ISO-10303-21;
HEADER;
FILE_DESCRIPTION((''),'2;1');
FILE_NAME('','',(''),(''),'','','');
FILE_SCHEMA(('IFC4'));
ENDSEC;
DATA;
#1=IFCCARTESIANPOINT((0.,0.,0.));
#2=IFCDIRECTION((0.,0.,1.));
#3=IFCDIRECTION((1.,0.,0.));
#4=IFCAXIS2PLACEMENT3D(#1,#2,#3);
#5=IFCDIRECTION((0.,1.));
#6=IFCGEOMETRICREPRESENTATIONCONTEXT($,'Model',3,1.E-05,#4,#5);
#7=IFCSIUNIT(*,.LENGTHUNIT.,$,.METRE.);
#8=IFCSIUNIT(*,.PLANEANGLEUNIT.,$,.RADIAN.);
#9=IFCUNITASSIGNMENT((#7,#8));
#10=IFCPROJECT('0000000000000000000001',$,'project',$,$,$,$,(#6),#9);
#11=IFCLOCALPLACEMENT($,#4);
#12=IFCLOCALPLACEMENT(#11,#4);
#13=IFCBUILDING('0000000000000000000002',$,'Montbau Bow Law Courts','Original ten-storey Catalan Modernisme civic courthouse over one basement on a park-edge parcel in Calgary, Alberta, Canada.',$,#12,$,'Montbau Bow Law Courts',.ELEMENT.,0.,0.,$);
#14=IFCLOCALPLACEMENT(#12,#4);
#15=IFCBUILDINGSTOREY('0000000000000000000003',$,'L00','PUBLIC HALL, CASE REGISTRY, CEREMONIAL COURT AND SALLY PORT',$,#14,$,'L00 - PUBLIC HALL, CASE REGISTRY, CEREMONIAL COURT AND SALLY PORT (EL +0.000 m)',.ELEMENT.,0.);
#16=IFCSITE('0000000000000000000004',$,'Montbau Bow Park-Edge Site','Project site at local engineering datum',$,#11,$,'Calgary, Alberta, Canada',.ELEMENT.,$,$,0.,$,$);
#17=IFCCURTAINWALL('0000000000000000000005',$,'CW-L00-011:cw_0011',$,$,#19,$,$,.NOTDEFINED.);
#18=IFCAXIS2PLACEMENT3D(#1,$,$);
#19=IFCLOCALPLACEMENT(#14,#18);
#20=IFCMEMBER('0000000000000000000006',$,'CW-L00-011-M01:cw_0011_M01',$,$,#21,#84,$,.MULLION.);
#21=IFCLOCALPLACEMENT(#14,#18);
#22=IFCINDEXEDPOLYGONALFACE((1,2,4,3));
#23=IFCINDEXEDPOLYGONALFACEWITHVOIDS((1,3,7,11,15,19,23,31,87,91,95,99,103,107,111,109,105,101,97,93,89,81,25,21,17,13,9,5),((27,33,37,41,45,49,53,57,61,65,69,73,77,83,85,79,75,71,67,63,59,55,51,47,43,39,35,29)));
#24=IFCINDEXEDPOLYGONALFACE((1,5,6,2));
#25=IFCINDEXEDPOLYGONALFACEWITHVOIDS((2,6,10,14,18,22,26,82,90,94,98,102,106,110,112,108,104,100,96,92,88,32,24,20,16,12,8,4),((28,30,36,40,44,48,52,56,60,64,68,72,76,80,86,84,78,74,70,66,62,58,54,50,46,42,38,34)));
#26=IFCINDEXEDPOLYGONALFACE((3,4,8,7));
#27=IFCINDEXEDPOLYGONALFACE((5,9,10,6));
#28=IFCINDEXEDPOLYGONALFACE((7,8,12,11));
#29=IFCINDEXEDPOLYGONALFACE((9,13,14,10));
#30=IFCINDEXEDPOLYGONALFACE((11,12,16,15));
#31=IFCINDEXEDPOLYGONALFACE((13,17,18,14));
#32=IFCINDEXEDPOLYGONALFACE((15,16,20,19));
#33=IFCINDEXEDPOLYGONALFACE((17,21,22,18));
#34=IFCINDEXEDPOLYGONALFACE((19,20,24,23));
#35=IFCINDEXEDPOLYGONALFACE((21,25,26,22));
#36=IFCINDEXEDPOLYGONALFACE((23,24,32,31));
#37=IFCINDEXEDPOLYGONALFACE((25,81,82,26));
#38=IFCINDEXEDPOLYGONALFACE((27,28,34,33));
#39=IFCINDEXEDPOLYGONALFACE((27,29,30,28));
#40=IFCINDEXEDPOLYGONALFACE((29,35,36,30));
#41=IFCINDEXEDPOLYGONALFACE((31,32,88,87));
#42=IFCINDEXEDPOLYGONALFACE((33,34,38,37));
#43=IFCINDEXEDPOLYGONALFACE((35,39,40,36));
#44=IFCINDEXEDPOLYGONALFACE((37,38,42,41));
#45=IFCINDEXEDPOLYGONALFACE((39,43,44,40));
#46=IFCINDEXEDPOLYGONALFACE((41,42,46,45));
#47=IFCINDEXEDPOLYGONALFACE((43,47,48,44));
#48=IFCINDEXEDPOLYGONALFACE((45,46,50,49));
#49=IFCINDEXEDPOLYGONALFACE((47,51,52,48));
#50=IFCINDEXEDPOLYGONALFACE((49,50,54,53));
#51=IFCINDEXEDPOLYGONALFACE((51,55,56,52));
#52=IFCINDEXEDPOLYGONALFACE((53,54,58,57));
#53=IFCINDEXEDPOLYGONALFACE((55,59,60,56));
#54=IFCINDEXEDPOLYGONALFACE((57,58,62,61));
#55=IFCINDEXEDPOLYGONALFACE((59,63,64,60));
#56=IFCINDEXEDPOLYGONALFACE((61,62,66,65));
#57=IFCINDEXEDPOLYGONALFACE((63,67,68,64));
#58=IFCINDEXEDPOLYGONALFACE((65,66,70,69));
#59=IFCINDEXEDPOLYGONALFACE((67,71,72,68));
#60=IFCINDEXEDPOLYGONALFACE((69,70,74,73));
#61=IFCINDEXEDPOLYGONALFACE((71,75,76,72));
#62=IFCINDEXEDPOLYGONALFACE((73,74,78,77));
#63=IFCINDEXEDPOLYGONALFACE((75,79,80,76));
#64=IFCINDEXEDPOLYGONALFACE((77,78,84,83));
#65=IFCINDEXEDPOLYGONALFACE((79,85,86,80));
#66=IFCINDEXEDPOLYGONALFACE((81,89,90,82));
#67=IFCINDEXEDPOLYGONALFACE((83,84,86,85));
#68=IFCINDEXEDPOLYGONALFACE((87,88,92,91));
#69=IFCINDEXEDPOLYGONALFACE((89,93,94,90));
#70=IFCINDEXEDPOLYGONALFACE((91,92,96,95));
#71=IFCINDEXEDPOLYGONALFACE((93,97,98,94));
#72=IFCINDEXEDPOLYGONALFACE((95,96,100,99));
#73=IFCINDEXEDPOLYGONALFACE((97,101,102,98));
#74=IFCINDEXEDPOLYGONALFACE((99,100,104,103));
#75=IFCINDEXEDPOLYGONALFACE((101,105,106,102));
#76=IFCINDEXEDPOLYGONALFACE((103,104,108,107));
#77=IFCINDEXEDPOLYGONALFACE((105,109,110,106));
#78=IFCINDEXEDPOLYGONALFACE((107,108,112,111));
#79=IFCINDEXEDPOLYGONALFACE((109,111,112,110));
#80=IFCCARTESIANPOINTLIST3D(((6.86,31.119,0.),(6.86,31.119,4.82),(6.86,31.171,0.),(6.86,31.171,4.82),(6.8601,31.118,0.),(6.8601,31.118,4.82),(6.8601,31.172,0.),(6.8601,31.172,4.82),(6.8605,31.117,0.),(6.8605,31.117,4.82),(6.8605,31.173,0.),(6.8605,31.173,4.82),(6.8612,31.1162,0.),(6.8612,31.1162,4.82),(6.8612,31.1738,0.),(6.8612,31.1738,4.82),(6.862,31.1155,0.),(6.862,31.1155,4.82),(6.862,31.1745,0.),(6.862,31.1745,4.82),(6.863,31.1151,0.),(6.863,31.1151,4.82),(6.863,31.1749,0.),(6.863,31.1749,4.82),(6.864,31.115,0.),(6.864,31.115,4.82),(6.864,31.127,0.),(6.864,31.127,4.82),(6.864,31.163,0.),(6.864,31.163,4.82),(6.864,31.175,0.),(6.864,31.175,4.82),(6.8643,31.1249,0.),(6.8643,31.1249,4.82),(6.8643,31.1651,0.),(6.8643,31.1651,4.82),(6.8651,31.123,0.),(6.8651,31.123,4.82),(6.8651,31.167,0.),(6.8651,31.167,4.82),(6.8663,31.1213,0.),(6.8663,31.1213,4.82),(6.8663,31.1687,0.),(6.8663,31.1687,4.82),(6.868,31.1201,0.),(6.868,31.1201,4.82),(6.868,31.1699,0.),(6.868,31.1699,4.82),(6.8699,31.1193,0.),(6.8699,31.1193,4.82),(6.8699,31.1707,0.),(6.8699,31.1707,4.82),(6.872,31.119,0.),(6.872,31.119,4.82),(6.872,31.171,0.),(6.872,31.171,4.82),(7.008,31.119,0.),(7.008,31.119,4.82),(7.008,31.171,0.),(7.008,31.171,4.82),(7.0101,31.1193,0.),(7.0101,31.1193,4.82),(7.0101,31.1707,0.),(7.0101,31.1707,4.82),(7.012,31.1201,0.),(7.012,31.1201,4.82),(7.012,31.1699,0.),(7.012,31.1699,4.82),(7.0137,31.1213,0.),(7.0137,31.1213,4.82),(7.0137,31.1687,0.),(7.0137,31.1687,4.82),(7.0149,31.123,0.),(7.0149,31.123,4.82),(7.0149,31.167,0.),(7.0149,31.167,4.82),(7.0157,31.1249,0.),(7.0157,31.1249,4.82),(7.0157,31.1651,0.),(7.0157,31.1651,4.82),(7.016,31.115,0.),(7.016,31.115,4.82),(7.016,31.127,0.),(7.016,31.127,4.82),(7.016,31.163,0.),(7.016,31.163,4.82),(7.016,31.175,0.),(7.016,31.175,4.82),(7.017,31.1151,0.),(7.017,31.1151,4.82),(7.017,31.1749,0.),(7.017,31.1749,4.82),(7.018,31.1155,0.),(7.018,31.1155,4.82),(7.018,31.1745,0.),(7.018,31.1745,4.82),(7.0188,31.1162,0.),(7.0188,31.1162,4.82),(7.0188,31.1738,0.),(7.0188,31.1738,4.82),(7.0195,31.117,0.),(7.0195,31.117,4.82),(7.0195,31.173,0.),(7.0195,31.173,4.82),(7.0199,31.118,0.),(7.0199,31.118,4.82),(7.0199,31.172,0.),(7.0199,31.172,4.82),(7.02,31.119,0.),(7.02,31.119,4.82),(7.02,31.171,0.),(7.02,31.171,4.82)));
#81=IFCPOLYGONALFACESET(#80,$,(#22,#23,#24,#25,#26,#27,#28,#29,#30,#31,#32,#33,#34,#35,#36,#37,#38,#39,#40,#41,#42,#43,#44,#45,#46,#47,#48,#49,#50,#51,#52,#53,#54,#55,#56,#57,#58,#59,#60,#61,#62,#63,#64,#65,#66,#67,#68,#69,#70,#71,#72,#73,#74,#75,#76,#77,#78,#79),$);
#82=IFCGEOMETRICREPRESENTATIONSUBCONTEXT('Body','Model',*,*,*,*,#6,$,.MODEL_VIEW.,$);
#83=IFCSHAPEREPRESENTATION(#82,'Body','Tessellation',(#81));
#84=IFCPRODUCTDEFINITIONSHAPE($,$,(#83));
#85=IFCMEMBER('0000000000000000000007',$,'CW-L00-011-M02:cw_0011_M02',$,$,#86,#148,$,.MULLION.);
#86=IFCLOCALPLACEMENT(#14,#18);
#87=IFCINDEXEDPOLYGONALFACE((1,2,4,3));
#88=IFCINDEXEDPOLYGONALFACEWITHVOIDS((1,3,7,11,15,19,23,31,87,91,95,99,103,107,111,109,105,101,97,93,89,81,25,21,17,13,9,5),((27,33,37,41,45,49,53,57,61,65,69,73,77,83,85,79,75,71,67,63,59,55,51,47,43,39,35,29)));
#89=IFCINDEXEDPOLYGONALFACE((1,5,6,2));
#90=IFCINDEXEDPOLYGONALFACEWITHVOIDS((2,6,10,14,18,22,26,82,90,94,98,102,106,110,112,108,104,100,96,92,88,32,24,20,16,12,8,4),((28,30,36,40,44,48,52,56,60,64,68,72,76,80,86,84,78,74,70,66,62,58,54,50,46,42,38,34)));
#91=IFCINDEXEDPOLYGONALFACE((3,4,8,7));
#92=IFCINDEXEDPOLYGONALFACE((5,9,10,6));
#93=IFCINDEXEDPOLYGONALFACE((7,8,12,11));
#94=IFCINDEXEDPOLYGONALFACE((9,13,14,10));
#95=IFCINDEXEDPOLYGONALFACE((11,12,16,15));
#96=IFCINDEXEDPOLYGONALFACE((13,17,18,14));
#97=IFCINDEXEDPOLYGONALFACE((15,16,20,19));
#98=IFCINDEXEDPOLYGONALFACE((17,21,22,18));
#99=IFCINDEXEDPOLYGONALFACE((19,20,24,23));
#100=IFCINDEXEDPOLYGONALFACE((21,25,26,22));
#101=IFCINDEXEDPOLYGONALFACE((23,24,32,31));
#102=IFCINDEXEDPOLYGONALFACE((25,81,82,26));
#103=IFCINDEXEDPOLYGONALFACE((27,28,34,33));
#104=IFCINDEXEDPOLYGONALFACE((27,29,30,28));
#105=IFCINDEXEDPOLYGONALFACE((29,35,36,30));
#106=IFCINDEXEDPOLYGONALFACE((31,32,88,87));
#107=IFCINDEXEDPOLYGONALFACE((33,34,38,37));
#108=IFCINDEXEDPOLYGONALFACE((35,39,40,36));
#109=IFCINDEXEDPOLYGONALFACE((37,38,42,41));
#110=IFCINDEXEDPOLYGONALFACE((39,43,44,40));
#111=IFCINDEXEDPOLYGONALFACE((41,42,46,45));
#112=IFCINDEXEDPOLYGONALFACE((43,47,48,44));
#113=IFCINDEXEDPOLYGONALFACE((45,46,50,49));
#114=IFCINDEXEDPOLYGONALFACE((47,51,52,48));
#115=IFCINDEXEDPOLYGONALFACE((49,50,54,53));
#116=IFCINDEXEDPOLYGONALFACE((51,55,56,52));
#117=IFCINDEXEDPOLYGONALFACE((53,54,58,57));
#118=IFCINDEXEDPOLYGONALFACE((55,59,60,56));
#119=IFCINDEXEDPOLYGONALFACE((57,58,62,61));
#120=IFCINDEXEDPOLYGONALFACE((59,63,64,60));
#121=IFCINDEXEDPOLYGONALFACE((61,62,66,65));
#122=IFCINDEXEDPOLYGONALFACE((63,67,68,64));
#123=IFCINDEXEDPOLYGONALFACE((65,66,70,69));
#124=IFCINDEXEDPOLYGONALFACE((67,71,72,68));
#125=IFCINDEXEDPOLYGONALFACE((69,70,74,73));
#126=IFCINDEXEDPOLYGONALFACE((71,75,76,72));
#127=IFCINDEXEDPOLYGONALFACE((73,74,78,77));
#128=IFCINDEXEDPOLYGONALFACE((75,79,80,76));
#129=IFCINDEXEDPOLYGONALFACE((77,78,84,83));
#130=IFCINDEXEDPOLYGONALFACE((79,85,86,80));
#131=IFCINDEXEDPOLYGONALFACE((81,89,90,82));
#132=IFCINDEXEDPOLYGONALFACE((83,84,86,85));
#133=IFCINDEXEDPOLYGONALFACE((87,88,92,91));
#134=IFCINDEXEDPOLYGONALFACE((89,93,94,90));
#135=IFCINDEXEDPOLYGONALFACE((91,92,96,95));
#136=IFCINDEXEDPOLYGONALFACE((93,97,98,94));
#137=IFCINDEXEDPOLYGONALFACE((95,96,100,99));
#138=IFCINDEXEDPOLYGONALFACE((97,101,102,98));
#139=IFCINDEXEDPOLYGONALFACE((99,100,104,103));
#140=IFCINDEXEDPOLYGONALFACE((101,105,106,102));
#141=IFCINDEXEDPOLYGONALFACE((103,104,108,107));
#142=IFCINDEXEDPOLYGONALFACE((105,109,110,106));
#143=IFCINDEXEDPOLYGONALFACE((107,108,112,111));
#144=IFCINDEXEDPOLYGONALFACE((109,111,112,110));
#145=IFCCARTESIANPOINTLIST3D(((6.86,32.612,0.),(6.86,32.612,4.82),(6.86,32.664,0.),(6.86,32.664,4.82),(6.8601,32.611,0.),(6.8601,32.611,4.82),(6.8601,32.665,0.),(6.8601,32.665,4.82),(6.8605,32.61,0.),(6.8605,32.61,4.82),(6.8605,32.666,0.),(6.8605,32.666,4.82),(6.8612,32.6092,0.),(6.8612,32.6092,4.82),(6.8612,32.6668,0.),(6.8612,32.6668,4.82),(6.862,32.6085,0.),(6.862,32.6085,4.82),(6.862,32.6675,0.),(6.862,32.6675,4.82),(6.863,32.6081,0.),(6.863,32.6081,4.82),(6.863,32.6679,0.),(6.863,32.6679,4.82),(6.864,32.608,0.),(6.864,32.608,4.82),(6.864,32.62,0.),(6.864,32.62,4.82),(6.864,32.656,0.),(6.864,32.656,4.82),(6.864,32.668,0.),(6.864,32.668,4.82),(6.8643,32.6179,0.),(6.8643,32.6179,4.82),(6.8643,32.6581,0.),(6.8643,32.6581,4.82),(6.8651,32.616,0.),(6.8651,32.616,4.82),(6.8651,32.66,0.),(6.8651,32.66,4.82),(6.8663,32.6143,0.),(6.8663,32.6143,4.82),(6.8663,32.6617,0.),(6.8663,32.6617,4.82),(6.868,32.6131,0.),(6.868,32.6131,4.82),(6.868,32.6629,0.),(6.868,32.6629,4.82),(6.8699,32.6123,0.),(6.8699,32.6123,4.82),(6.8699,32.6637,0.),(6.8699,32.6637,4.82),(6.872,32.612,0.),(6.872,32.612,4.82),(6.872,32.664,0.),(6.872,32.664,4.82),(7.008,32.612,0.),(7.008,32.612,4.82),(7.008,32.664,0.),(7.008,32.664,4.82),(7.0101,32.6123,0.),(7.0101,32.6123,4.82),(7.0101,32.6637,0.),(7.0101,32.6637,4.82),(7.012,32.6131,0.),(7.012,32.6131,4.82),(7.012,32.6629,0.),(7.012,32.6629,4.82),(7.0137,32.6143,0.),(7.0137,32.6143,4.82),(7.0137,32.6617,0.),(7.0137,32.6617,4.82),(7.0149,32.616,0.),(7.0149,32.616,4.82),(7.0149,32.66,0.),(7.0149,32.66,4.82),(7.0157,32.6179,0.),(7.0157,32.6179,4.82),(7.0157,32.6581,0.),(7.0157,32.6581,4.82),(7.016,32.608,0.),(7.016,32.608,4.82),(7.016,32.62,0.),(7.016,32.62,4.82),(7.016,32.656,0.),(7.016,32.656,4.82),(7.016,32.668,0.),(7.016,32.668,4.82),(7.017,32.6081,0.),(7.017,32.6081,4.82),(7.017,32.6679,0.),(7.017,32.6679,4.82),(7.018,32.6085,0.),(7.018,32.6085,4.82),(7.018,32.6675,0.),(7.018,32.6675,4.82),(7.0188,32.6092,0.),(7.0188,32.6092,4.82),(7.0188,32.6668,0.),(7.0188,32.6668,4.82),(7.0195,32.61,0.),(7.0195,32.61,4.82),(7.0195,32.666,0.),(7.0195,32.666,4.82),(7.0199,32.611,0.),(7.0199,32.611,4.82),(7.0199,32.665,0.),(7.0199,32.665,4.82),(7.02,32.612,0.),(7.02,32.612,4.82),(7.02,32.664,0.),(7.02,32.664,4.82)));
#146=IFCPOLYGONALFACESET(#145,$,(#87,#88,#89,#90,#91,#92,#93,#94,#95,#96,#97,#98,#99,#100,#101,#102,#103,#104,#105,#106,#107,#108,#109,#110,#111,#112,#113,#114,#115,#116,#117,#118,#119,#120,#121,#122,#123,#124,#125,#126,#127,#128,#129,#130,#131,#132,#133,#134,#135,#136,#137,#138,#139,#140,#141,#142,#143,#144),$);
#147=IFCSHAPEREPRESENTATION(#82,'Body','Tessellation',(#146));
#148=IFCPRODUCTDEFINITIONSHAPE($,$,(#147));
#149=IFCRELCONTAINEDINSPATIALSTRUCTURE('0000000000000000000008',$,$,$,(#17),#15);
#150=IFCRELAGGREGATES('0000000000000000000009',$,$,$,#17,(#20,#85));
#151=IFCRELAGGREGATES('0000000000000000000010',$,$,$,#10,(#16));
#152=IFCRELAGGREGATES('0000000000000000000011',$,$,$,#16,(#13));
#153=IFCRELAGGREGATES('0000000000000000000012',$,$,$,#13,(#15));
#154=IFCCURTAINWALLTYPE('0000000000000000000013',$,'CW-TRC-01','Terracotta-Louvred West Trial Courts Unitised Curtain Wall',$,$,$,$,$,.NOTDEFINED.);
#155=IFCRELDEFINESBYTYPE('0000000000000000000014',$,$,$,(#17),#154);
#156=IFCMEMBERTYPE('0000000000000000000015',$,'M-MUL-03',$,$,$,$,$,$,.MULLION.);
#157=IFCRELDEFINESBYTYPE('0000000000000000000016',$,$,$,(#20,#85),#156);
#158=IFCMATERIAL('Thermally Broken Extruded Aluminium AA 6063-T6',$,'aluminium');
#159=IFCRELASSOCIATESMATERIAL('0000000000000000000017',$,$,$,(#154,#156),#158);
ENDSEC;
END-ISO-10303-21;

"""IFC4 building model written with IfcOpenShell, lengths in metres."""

from ifc_helpers import new_model, si_unit, direction, frame, origin_with_axes, origin_2d_with_axis, place, context, subcontext, project, spatial, hollow_rectangle, extrude, material, material_profile, profile_set, type_object, element, aggregate, save


model = new_model("IFC4")

# Units and contexts
model_context = context("Model", 3, precision=1e-05, world=origin_with_axes(), true_north=direction((0.0, 1.0)))
body_context = subcontext(model_context, "Body", "Model", "MODEL_VIEW")
ifc_project = project(units=[si_unit("LENGTHUNIT", "METRE"), si_unit("PLANEANGLEUNIT", "RADIAN")], contexts=[model_context])

# Site, building, storey
site_placement = place(None, origin_with_axes())
site = spatial("IfcSite", under=ifc_project, at=site_placement, Name="Montbau Bow Park-Edge Site", Description="Project site at local engineering datum", LongName="Calgary, Alberta, Canada", CompositionType="ELEMENT", RefElevation=0.0)
building_placement = place(site_placement, origin_with_axes())
building = spatial("IfcBuilding", under=site, at=building_placement, Name="Montbau Bow Law Courts", Description="Original ten-storey Catalan Modernisme civic courthouse over one basement on a park-edge parcel in Calgary, Alberta, Canada.", LongName="Montbau Bow Law Courts", CompositionType="ELEMENT", ElevationOfRefHeight=0.0, ElevationOfTerrain=0.0)
storey_placement = place(building_placement, origin_with_axes())
storey = spatial("IfcBuildingStorey", under=building, at=storey_placement, Name="L00", Description="PUBLIC HALL, CASE REGISTRY, CEREMONIAL COURT AND SALLY PORT", LongName="L00 - PUBLIC HALL, CASE REGISTRY, CEREMONIAL COURT AND SALLY PORT (EL +0.000 m)", CompositionType="ELEMENT", Elevation=0.0)

# Curtain wall, members
ifc_material_1 = material(Name="Thermally Broken Extruded Aluminium AA 6063-T6", Category="aluminium")
curtain_wall_type = type_object("IfcCurtainWallType", Name="CW-TRC-01", Description="Terracotta-Louvred West Trial Courts Unitised Curtain Wall", PredefinedType="NOTDEFINED", material=ifc_material_1)
curtain_wall_placement = place(None, frame((6.94, 31.115, 0.0), z_axis=(0.0, 0.0, 1.0), x_axis=(1.0, 0.0, 0.0)))
curtain_wall = element("IfcCurtainWall", 1, at=curtain_wall_placement, inside=storey, type_object=curtain_wall_type, Name="CW-L00-011:cw_0011", PredefinedType="NOTDEFINED")
ifc_material_profile_1 = material_profile(ifc_material_1, hollow_rectangle(XDim=0.06, YDim=0.16, WallThickness=0.004, InnerFilletRadius=0.008, OuterFilletRadius=0.004, at=origin_2d_with_axis()), Name="CWM-160X60", Category="Main", Priority=0)
ifc_profile_set_1 = profile_set([ifc_material_profile_1], Name="Thermally Broken Extruded Aluminium AA 6063-T6")
member_type_1 = type_object("IfcMemberType", Name="M-MUL-03", PredefinedType="MULLION", material=ifc_profile_set_1)
member_1_placement = place(None, frame((6.94, 31.145, 0.0), z_axis=(0.0, 0.0, 1.0), x_axis=(0.0, 1.0, 0.0)))
member_1 = element("IfcMember", 2, at=member_1_placement, type_object=member_type_1, Name="CW-L00-011-M01:cw_0011_M01", PredefinedType="MULLION", context=body_context, shape_type="SweptSolid", body=[
    extrude(hollow_rectangle(XDim=0.06, YDim=0.16, WallThickness=0.004, InnerFilletRadius=0.008, OuterFilletRadius=0.004, at=origin_2d_with_axis()), origin_with_axes(), (0.0, 0.0, 1.0), 4.82),
])
member_2_placement = place(None, frame((6.94, 32.638, 0.0), z_axis=(0.0, 0.0, 1.0), x_axis=(0.0, 1.0, 0.0)))
member_2 = element("IfcMember", 3, at=member_2_placement, type_object=member_type_1, Name="CW-L00-011-M02:cw_0011_M02", PredefinedType="MULLION", context=body_context, shape_type="SweptSolid", body=[
    extrude(hollow_rectangle(XDim=0.06, YDim=0.16, WallThickness=0.004, InnerFilletRadius=0.008, OuterFilletRadius=0.004, at=origin_2d_with_axis()), origin_with_axes(), (0.0, 0.0, 1.0), 4.82),
])
aggregate(curtain_wall, [member_1, member_2])

save(model, "model.ifc")
